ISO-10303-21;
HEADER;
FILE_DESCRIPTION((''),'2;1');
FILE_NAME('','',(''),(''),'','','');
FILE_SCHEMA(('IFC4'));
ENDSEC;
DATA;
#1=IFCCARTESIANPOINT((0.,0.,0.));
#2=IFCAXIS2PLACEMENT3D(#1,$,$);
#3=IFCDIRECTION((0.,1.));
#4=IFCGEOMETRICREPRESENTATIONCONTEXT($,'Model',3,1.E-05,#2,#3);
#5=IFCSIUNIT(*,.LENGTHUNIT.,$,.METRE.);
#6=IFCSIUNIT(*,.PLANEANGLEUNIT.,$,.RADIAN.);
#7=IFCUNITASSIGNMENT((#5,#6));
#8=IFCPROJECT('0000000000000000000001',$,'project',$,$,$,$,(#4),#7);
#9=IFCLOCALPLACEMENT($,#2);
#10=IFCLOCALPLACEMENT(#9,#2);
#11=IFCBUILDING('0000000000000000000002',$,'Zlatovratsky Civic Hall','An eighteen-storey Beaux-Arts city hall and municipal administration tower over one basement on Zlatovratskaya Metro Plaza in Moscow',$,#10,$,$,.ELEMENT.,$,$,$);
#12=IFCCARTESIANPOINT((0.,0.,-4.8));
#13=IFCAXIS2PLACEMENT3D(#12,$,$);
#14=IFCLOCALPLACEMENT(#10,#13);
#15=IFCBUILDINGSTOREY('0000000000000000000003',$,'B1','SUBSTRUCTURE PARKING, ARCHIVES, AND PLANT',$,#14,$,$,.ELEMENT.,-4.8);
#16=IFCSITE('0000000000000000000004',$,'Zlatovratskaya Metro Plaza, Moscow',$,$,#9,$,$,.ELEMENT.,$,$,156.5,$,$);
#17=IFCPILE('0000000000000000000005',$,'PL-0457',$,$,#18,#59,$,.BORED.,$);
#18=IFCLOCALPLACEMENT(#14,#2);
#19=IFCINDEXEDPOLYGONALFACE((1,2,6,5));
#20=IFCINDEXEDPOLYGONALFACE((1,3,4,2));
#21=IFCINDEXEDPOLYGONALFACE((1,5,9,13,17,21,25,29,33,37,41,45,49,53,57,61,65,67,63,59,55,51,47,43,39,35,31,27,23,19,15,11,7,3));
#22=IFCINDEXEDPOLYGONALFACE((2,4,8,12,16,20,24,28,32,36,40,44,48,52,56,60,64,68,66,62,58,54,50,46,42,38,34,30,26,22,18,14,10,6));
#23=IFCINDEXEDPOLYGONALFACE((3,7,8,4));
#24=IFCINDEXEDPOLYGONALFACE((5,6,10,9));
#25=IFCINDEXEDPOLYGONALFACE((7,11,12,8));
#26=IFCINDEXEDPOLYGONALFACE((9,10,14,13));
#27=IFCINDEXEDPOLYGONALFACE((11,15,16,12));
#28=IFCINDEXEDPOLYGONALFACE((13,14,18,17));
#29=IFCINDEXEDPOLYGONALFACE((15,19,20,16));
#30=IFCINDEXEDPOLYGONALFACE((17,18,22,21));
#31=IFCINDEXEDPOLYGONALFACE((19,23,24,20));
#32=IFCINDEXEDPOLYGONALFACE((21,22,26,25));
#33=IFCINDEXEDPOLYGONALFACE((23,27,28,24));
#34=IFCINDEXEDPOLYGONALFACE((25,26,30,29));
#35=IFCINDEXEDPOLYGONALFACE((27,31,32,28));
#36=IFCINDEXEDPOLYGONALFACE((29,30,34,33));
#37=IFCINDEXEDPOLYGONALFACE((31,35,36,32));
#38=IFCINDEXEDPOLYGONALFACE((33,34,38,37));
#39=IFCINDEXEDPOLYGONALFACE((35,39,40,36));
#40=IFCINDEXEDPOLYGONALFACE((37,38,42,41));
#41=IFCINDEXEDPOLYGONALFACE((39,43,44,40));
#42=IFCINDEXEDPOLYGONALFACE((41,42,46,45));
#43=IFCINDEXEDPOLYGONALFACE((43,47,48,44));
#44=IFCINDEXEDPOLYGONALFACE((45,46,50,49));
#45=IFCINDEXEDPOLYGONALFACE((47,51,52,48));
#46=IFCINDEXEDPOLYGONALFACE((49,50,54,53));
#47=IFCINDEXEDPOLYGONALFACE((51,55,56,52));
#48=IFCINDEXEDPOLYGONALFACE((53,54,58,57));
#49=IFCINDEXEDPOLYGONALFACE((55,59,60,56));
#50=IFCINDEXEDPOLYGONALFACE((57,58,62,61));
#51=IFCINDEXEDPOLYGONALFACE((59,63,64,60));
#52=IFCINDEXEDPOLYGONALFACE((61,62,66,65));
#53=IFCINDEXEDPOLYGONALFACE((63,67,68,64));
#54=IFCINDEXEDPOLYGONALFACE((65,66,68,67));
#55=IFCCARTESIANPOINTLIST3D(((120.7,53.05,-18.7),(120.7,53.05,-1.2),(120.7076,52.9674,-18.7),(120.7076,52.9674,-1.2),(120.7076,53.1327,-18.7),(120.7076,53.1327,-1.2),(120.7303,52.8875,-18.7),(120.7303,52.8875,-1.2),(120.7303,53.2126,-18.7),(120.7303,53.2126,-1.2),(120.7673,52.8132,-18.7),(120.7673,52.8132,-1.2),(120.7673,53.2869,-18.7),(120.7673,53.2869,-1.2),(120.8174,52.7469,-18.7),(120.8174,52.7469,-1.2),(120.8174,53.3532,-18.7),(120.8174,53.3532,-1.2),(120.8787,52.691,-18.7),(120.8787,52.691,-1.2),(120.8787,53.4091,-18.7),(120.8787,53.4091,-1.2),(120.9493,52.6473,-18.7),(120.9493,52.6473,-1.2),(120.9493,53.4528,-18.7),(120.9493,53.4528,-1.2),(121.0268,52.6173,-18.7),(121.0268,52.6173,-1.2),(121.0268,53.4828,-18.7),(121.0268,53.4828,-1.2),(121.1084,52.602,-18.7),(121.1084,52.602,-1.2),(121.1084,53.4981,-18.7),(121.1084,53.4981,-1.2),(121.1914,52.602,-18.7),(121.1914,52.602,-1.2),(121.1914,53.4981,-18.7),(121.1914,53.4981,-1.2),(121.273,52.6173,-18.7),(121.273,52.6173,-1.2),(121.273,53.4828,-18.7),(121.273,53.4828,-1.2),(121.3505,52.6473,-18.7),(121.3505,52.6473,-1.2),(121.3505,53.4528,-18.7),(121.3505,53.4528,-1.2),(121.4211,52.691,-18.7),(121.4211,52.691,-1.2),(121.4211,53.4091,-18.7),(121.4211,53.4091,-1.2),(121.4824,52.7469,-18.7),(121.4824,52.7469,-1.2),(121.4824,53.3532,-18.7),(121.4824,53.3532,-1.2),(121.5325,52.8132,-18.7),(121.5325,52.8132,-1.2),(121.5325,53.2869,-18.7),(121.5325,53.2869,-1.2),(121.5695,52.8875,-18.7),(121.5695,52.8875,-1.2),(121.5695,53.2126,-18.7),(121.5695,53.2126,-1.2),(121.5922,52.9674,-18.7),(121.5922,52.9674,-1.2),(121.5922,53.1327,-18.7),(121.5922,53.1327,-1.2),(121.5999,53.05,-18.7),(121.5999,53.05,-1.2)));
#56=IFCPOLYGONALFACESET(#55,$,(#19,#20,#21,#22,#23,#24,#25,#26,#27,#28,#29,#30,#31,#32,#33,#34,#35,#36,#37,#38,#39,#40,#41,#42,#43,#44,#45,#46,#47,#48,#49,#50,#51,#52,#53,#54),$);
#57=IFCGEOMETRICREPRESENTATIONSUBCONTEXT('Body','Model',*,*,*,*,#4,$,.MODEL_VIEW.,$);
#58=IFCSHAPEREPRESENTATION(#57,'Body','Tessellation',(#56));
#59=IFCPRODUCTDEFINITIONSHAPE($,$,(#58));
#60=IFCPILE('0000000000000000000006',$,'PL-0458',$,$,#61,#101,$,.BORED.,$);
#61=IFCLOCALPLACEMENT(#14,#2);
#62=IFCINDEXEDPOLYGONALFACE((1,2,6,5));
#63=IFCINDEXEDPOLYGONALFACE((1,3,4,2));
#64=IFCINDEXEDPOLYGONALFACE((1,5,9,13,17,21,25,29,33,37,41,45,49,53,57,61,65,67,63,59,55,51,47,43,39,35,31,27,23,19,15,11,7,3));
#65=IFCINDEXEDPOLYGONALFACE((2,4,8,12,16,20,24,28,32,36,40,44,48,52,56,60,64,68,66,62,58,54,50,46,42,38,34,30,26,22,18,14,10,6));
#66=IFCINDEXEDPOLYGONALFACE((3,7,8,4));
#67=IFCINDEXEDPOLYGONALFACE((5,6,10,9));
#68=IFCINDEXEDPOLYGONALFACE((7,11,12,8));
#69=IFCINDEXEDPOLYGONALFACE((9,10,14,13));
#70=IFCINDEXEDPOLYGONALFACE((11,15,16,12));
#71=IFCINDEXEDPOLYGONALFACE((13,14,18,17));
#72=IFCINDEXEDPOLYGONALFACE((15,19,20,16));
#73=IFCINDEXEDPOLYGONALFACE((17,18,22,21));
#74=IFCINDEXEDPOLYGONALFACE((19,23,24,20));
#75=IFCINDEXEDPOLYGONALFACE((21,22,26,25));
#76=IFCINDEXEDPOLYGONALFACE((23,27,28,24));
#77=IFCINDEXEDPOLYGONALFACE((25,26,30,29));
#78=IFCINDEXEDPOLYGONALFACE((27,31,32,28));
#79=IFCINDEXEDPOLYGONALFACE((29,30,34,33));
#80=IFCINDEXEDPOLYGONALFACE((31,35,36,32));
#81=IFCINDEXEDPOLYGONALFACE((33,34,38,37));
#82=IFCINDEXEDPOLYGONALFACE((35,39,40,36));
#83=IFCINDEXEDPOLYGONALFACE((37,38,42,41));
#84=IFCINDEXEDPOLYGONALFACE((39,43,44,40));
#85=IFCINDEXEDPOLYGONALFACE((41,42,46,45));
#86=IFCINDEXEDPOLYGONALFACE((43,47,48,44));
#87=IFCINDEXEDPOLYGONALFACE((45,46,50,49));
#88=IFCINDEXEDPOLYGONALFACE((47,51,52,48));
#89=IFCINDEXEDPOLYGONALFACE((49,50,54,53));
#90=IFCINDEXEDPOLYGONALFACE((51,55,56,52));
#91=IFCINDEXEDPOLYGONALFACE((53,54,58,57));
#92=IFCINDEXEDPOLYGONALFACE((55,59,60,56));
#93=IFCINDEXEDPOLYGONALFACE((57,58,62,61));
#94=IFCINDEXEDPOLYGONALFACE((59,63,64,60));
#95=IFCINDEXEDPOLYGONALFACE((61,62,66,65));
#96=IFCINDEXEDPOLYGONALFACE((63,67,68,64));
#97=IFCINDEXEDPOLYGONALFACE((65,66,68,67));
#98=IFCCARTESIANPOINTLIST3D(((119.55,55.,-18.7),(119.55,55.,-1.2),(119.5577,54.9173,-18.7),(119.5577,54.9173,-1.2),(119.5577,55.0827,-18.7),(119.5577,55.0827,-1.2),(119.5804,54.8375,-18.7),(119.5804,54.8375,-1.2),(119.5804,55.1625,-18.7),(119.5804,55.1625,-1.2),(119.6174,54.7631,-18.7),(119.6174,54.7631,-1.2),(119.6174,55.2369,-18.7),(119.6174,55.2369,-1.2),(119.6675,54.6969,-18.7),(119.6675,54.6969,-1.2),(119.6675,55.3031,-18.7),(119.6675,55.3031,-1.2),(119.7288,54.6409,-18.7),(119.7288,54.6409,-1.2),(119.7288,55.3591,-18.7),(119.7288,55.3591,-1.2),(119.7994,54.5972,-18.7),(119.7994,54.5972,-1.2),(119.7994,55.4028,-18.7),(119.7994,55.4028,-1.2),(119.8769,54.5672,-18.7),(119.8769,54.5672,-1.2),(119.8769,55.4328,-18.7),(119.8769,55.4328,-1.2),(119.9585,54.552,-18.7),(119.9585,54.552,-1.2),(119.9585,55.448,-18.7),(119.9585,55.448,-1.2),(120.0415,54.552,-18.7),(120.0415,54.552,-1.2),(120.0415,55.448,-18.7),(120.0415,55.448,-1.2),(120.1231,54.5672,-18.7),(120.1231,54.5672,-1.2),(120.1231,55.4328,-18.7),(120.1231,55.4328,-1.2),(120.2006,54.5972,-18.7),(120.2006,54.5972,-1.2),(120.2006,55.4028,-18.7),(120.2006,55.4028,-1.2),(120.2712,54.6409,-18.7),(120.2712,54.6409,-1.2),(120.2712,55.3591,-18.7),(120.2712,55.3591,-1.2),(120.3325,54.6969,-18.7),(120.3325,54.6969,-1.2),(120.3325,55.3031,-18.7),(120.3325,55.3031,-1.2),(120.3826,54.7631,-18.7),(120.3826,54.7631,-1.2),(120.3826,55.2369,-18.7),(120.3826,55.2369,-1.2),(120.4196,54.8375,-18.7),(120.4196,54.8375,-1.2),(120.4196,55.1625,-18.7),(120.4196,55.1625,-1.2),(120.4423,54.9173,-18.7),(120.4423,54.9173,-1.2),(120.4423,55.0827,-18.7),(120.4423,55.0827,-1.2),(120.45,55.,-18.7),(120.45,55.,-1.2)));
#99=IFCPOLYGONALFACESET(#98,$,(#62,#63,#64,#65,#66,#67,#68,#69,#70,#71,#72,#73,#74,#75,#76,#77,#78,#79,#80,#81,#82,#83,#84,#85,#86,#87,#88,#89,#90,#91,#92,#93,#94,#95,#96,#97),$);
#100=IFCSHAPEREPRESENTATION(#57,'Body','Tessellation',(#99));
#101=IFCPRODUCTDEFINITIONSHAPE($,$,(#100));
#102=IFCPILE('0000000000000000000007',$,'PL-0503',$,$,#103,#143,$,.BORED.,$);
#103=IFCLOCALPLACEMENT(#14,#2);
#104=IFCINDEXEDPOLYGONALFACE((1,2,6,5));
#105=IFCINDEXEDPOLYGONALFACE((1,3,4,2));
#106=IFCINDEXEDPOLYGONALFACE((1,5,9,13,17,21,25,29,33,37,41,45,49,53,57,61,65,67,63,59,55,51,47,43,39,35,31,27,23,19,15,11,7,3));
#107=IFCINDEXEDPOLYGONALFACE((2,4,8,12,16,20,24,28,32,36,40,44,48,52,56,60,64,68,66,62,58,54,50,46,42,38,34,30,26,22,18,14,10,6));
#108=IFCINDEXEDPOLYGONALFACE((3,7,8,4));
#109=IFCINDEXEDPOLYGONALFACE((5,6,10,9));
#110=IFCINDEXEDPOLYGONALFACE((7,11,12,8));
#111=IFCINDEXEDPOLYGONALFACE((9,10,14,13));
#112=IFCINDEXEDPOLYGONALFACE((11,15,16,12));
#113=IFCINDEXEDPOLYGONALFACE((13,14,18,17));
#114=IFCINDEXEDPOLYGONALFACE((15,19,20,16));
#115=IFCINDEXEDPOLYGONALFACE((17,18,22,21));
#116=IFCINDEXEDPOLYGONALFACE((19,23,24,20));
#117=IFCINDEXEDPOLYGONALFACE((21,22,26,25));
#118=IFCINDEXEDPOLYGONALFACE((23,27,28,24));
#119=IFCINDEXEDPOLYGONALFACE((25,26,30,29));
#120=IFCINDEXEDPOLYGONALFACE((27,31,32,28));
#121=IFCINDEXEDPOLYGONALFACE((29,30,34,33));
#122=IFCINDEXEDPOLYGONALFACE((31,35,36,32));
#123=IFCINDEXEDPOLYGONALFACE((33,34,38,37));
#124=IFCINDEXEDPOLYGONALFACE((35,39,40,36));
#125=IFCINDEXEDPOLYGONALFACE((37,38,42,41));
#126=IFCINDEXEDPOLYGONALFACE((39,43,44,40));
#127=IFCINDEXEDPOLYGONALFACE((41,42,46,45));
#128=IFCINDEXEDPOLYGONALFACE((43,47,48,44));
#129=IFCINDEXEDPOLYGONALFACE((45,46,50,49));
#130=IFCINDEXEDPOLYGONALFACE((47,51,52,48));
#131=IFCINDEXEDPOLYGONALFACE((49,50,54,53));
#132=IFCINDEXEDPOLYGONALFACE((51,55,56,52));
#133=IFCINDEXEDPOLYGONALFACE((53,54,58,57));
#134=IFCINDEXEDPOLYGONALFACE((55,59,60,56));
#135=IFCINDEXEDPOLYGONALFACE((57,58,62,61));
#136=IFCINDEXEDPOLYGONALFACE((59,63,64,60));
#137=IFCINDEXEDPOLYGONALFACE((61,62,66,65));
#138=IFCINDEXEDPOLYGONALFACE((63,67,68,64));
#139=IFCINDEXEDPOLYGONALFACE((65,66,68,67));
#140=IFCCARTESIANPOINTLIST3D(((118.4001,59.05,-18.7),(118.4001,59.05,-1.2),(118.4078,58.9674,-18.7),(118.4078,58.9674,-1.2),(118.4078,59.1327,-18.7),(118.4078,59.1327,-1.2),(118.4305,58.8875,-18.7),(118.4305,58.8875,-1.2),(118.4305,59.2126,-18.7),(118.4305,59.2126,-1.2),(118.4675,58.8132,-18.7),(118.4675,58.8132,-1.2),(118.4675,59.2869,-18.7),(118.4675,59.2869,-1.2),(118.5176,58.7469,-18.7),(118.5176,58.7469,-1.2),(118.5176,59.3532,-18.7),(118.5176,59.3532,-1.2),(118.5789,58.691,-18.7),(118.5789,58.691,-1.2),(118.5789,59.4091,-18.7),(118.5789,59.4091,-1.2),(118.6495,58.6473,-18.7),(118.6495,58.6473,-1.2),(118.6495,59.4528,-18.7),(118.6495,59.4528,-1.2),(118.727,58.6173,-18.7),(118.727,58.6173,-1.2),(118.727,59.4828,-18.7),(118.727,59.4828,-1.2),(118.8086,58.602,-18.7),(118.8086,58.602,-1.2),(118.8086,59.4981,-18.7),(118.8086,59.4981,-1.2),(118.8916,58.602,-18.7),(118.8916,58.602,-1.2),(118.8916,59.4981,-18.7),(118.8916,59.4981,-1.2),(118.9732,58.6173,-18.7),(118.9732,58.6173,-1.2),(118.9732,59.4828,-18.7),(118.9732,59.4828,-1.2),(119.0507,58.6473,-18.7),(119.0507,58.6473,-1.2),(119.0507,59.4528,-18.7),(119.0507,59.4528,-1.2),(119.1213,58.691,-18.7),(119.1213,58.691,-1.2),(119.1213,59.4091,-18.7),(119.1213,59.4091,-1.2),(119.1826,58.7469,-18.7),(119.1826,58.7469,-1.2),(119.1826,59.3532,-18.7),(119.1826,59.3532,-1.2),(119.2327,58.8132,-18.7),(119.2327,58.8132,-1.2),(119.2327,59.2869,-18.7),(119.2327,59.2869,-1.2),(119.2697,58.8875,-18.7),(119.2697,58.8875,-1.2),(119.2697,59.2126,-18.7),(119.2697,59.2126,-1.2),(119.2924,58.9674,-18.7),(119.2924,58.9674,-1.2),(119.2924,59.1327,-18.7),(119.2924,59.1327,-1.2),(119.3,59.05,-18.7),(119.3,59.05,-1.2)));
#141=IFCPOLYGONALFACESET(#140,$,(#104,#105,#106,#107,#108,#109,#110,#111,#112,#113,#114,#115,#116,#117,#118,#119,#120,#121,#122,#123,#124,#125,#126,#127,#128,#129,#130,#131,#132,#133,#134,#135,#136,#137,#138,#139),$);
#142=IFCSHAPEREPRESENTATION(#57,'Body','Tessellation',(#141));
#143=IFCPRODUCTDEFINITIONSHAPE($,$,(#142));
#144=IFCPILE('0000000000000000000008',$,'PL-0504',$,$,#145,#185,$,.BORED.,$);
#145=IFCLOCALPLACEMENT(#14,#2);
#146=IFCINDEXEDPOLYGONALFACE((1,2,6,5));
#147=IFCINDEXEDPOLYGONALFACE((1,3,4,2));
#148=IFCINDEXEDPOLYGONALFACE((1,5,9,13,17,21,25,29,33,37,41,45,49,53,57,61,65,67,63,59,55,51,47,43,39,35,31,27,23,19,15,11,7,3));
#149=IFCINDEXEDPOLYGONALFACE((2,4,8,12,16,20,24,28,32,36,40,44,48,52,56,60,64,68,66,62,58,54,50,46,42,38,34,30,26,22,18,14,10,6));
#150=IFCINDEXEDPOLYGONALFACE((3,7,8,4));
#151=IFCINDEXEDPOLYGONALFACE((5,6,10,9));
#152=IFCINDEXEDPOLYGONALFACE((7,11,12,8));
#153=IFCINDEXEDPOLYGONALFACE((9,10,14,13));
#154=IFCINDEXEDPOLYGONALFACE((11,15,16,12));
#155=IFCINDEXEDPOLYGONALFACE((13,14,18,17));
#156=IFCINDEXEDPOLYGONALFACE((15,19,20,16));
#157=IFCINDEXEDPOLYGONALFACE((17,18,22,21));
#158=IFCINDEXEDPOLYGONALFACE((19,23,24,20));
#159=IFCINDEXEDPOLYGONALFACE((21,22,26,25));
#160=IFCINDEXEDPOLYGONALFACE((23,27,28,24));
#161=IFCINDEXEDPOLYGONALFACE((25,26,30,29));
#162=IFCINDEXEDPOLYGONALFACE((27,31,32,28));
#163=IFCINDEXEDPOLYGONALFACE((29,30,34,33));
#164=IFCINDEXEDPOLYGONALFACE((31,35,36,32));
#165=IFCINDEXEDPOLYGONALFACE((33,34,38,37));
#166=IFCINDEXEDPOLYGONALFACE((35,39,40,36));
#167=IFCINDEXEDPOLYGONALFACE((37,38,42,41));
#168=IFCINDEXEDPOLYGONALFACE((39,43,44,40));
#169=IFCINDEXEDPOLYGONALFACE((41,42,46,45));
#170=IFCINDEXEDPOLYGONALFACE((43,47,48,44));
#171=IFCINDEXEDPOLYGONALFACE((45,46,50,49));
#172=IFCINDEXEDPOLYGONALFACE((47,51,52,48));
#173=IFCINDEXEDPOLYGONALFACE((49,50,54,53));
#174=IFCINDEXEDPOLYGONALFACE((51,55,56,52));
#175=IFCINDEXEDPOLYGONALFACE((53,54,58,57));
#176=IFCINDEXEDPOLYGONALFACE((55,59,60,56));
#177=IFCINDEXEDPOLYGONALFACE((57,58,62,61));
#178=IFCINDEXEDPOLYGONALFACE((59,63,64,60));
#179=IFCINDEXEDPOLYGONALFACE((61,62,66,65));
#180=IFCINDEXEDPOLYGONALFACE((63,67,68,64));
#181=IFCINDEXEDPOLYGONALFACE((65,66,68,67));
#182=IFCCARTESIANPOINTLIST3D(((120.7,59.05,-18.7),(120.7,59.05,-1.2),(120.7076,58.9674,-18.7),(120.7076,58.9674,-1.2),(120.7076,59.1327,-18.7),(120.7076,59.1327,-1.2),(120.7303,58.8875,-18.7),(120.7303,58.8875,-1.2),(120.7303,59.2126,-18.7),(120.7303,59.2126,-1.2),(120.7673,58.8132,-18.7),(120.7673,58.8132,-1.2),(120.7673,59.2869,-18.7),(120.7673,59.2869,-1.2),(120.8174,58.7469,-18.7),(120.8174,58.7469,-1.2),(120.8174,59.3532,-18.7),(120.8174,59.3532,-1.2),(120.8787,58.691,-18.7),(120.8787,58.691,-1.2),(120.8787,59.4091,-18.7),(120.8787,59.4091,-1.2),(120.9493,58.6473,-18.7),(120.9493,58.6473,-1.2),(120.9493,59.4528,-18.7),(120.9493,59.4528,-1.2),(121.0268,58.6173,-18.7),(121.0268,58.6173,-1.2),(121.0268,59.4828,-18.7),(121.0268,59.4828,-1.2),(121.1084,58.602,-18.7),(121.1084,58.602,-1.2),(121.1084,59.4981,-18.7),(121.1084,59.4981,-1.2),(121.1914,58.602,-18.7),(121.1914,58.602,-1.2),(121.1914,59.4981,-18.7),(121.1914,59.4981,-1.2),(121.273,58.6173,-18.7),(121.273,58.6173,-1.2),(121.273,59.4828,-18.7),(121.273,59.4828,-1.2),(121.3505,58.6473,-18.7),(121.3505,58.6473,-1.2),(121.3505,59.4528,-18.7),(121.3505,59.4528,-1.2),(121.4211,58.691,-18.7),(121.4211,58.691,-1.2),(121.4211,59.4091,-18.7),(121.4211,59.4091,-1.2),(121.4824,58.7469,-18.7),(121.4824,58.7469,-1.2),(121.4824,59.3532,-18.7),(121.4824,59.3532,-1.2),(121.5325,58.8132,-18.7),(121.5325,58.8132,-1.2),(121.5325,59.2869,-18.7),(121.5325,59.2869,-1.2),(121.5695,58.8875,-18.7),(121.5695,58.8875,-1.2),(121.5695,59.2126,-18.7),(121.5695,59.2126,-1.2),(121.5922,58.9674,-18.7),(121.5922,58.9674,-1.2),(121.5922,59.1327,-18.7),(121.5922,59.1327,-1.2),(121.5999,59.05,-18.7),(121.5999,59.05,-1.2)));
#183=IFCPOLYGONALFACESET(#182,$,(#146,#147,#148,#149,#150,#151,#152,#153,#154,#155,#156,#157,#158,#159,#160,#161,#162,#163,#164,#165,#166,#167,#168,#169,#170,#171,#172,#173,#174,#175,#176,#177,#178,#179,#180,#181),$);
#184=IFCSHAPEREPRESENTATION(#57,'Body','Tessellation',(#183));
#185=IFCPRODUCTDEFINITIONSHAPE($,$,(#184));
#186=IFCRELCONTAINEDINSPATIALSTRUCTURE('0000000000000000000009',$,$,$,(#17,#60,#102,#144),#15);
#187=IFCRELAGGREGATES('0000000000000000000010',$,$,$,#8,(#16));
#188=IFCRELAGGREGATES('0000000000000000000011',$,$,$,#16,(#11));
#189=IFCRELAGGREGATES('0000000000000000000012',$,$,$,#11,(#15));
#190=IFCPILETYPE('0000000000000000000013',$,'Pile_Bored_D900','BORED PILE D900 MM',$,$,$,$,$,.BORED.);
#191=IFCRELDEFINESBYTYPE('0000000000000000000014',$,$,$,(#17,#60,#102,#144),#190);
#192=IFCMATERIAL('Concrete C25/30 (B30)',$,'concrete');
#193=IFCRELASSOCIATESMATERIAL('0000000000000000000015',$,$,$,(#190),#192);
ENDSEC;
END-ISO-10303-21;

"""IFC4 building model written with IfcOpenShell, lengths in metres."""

from ifc_helpers import new_model, si_unit, direction, frame, origin, origin_2d, place, context, subcontext, project, spatial, circle, extrude, material, material_profile, profile_set, type_object, element, save


model = new_model("IFC4")

# Units and contexts
model_context = context("Model", 3, precision=1e-05, world=origin(), true_north=direction((0.0, 1.0)))
body_context = subcontext(model_context, "Body", "Model", "MODEL_VIEW")
ifc_project = project(units=[si_unit("LENGTHUNIT", "METRE"), si_unit("PLANEANGLEUNIT", "RADIAN")], contexts=[model_context])

# Site, building, storey
site_placement = place(None, origin())
site = spatial("IfcSite", under=ifc_project, at=site_placement, Name="Zlatovratskaya Metro Plaza, Moscow", CompositionType="ELEMENT", RefElevation=156.5)
building_placement = place(site_placement, origin())
building = spatial("IfcBuilding", under=site, at=building_placement, Name="Zlatovratsky Civic Hall", Description="An eighteen-storey Beaux-Arts city hall and municipal administration tower over one basement on Zlatovratskaya Metro Plaza in Moscow", CompositionType="ELEMENT")
storey_placement = place(building_placement, frame((0.0, 0.0, -4.8)))
storey = spatial("IfcBuildingStorey", under=building, at=storey_placement, Name="B1", Description="SUBSTRUCTURE PARKING, ARCHIVES, AND PLANT", CompositionType="ELEMENT", Elevation=-4.8)

# Shared definitions
ifc_material_1 = material(Name="Concrete C25/30 (B30)", Category="concrete")

# Piles
ifc_material_profile_1 = material_profile(ifc_material_1, circle(Radius=0.45, at=origin_2d()), Name="PILE D900")
ifc_profile_set_1 = profile_set([ifc_material_profile_1], Name="Concrete C25/30 (B30)")
pile_type_1 = type_object("IfcPileType", Name="Pile_Bored_D900", Description="BORED PILE D900 MM", PredefinedType="BORED", material=ifc_profile_set_1)
for number, where, z_axis, x_axis, name in (
    (1, (121.1499, 53.05, -1.2), (0.0, 0.0, -1.0), (1.0, 0.0, 0.0), "PL-0457"),
    (2, (120.0, 55.0, -1.2), (0.0, 0.0, -1.0), (1.0, 0.0, 0.0), "PL-0458"),
    (3, (118.8501, 59.05, -1.2), (0.0, 0.0, -1.0), (1.0, 0.0, 0.0), "PL-0503"),
    (4, (121.1499, 59.05, -1.2), (0.0, 0.0, -1.0), (1.0, 0.0, 0.0), "PL-0504"),
):
    element("IfcPile", number, at=place(storey_placement, frame(where, z_axis=z_axis, x_axis=x_axis)), inside=storey, type_object=pile_type_1, Name=name, PredefinedType="BORED", context=body_context, shape_type="SweptSolid", body=[
        extrude(circle(Radius=0.45, at=origin_2d()), origin(), (0.0, 0.0, 1.0), 17.5),
    ])

save(model, "model.ifc")
